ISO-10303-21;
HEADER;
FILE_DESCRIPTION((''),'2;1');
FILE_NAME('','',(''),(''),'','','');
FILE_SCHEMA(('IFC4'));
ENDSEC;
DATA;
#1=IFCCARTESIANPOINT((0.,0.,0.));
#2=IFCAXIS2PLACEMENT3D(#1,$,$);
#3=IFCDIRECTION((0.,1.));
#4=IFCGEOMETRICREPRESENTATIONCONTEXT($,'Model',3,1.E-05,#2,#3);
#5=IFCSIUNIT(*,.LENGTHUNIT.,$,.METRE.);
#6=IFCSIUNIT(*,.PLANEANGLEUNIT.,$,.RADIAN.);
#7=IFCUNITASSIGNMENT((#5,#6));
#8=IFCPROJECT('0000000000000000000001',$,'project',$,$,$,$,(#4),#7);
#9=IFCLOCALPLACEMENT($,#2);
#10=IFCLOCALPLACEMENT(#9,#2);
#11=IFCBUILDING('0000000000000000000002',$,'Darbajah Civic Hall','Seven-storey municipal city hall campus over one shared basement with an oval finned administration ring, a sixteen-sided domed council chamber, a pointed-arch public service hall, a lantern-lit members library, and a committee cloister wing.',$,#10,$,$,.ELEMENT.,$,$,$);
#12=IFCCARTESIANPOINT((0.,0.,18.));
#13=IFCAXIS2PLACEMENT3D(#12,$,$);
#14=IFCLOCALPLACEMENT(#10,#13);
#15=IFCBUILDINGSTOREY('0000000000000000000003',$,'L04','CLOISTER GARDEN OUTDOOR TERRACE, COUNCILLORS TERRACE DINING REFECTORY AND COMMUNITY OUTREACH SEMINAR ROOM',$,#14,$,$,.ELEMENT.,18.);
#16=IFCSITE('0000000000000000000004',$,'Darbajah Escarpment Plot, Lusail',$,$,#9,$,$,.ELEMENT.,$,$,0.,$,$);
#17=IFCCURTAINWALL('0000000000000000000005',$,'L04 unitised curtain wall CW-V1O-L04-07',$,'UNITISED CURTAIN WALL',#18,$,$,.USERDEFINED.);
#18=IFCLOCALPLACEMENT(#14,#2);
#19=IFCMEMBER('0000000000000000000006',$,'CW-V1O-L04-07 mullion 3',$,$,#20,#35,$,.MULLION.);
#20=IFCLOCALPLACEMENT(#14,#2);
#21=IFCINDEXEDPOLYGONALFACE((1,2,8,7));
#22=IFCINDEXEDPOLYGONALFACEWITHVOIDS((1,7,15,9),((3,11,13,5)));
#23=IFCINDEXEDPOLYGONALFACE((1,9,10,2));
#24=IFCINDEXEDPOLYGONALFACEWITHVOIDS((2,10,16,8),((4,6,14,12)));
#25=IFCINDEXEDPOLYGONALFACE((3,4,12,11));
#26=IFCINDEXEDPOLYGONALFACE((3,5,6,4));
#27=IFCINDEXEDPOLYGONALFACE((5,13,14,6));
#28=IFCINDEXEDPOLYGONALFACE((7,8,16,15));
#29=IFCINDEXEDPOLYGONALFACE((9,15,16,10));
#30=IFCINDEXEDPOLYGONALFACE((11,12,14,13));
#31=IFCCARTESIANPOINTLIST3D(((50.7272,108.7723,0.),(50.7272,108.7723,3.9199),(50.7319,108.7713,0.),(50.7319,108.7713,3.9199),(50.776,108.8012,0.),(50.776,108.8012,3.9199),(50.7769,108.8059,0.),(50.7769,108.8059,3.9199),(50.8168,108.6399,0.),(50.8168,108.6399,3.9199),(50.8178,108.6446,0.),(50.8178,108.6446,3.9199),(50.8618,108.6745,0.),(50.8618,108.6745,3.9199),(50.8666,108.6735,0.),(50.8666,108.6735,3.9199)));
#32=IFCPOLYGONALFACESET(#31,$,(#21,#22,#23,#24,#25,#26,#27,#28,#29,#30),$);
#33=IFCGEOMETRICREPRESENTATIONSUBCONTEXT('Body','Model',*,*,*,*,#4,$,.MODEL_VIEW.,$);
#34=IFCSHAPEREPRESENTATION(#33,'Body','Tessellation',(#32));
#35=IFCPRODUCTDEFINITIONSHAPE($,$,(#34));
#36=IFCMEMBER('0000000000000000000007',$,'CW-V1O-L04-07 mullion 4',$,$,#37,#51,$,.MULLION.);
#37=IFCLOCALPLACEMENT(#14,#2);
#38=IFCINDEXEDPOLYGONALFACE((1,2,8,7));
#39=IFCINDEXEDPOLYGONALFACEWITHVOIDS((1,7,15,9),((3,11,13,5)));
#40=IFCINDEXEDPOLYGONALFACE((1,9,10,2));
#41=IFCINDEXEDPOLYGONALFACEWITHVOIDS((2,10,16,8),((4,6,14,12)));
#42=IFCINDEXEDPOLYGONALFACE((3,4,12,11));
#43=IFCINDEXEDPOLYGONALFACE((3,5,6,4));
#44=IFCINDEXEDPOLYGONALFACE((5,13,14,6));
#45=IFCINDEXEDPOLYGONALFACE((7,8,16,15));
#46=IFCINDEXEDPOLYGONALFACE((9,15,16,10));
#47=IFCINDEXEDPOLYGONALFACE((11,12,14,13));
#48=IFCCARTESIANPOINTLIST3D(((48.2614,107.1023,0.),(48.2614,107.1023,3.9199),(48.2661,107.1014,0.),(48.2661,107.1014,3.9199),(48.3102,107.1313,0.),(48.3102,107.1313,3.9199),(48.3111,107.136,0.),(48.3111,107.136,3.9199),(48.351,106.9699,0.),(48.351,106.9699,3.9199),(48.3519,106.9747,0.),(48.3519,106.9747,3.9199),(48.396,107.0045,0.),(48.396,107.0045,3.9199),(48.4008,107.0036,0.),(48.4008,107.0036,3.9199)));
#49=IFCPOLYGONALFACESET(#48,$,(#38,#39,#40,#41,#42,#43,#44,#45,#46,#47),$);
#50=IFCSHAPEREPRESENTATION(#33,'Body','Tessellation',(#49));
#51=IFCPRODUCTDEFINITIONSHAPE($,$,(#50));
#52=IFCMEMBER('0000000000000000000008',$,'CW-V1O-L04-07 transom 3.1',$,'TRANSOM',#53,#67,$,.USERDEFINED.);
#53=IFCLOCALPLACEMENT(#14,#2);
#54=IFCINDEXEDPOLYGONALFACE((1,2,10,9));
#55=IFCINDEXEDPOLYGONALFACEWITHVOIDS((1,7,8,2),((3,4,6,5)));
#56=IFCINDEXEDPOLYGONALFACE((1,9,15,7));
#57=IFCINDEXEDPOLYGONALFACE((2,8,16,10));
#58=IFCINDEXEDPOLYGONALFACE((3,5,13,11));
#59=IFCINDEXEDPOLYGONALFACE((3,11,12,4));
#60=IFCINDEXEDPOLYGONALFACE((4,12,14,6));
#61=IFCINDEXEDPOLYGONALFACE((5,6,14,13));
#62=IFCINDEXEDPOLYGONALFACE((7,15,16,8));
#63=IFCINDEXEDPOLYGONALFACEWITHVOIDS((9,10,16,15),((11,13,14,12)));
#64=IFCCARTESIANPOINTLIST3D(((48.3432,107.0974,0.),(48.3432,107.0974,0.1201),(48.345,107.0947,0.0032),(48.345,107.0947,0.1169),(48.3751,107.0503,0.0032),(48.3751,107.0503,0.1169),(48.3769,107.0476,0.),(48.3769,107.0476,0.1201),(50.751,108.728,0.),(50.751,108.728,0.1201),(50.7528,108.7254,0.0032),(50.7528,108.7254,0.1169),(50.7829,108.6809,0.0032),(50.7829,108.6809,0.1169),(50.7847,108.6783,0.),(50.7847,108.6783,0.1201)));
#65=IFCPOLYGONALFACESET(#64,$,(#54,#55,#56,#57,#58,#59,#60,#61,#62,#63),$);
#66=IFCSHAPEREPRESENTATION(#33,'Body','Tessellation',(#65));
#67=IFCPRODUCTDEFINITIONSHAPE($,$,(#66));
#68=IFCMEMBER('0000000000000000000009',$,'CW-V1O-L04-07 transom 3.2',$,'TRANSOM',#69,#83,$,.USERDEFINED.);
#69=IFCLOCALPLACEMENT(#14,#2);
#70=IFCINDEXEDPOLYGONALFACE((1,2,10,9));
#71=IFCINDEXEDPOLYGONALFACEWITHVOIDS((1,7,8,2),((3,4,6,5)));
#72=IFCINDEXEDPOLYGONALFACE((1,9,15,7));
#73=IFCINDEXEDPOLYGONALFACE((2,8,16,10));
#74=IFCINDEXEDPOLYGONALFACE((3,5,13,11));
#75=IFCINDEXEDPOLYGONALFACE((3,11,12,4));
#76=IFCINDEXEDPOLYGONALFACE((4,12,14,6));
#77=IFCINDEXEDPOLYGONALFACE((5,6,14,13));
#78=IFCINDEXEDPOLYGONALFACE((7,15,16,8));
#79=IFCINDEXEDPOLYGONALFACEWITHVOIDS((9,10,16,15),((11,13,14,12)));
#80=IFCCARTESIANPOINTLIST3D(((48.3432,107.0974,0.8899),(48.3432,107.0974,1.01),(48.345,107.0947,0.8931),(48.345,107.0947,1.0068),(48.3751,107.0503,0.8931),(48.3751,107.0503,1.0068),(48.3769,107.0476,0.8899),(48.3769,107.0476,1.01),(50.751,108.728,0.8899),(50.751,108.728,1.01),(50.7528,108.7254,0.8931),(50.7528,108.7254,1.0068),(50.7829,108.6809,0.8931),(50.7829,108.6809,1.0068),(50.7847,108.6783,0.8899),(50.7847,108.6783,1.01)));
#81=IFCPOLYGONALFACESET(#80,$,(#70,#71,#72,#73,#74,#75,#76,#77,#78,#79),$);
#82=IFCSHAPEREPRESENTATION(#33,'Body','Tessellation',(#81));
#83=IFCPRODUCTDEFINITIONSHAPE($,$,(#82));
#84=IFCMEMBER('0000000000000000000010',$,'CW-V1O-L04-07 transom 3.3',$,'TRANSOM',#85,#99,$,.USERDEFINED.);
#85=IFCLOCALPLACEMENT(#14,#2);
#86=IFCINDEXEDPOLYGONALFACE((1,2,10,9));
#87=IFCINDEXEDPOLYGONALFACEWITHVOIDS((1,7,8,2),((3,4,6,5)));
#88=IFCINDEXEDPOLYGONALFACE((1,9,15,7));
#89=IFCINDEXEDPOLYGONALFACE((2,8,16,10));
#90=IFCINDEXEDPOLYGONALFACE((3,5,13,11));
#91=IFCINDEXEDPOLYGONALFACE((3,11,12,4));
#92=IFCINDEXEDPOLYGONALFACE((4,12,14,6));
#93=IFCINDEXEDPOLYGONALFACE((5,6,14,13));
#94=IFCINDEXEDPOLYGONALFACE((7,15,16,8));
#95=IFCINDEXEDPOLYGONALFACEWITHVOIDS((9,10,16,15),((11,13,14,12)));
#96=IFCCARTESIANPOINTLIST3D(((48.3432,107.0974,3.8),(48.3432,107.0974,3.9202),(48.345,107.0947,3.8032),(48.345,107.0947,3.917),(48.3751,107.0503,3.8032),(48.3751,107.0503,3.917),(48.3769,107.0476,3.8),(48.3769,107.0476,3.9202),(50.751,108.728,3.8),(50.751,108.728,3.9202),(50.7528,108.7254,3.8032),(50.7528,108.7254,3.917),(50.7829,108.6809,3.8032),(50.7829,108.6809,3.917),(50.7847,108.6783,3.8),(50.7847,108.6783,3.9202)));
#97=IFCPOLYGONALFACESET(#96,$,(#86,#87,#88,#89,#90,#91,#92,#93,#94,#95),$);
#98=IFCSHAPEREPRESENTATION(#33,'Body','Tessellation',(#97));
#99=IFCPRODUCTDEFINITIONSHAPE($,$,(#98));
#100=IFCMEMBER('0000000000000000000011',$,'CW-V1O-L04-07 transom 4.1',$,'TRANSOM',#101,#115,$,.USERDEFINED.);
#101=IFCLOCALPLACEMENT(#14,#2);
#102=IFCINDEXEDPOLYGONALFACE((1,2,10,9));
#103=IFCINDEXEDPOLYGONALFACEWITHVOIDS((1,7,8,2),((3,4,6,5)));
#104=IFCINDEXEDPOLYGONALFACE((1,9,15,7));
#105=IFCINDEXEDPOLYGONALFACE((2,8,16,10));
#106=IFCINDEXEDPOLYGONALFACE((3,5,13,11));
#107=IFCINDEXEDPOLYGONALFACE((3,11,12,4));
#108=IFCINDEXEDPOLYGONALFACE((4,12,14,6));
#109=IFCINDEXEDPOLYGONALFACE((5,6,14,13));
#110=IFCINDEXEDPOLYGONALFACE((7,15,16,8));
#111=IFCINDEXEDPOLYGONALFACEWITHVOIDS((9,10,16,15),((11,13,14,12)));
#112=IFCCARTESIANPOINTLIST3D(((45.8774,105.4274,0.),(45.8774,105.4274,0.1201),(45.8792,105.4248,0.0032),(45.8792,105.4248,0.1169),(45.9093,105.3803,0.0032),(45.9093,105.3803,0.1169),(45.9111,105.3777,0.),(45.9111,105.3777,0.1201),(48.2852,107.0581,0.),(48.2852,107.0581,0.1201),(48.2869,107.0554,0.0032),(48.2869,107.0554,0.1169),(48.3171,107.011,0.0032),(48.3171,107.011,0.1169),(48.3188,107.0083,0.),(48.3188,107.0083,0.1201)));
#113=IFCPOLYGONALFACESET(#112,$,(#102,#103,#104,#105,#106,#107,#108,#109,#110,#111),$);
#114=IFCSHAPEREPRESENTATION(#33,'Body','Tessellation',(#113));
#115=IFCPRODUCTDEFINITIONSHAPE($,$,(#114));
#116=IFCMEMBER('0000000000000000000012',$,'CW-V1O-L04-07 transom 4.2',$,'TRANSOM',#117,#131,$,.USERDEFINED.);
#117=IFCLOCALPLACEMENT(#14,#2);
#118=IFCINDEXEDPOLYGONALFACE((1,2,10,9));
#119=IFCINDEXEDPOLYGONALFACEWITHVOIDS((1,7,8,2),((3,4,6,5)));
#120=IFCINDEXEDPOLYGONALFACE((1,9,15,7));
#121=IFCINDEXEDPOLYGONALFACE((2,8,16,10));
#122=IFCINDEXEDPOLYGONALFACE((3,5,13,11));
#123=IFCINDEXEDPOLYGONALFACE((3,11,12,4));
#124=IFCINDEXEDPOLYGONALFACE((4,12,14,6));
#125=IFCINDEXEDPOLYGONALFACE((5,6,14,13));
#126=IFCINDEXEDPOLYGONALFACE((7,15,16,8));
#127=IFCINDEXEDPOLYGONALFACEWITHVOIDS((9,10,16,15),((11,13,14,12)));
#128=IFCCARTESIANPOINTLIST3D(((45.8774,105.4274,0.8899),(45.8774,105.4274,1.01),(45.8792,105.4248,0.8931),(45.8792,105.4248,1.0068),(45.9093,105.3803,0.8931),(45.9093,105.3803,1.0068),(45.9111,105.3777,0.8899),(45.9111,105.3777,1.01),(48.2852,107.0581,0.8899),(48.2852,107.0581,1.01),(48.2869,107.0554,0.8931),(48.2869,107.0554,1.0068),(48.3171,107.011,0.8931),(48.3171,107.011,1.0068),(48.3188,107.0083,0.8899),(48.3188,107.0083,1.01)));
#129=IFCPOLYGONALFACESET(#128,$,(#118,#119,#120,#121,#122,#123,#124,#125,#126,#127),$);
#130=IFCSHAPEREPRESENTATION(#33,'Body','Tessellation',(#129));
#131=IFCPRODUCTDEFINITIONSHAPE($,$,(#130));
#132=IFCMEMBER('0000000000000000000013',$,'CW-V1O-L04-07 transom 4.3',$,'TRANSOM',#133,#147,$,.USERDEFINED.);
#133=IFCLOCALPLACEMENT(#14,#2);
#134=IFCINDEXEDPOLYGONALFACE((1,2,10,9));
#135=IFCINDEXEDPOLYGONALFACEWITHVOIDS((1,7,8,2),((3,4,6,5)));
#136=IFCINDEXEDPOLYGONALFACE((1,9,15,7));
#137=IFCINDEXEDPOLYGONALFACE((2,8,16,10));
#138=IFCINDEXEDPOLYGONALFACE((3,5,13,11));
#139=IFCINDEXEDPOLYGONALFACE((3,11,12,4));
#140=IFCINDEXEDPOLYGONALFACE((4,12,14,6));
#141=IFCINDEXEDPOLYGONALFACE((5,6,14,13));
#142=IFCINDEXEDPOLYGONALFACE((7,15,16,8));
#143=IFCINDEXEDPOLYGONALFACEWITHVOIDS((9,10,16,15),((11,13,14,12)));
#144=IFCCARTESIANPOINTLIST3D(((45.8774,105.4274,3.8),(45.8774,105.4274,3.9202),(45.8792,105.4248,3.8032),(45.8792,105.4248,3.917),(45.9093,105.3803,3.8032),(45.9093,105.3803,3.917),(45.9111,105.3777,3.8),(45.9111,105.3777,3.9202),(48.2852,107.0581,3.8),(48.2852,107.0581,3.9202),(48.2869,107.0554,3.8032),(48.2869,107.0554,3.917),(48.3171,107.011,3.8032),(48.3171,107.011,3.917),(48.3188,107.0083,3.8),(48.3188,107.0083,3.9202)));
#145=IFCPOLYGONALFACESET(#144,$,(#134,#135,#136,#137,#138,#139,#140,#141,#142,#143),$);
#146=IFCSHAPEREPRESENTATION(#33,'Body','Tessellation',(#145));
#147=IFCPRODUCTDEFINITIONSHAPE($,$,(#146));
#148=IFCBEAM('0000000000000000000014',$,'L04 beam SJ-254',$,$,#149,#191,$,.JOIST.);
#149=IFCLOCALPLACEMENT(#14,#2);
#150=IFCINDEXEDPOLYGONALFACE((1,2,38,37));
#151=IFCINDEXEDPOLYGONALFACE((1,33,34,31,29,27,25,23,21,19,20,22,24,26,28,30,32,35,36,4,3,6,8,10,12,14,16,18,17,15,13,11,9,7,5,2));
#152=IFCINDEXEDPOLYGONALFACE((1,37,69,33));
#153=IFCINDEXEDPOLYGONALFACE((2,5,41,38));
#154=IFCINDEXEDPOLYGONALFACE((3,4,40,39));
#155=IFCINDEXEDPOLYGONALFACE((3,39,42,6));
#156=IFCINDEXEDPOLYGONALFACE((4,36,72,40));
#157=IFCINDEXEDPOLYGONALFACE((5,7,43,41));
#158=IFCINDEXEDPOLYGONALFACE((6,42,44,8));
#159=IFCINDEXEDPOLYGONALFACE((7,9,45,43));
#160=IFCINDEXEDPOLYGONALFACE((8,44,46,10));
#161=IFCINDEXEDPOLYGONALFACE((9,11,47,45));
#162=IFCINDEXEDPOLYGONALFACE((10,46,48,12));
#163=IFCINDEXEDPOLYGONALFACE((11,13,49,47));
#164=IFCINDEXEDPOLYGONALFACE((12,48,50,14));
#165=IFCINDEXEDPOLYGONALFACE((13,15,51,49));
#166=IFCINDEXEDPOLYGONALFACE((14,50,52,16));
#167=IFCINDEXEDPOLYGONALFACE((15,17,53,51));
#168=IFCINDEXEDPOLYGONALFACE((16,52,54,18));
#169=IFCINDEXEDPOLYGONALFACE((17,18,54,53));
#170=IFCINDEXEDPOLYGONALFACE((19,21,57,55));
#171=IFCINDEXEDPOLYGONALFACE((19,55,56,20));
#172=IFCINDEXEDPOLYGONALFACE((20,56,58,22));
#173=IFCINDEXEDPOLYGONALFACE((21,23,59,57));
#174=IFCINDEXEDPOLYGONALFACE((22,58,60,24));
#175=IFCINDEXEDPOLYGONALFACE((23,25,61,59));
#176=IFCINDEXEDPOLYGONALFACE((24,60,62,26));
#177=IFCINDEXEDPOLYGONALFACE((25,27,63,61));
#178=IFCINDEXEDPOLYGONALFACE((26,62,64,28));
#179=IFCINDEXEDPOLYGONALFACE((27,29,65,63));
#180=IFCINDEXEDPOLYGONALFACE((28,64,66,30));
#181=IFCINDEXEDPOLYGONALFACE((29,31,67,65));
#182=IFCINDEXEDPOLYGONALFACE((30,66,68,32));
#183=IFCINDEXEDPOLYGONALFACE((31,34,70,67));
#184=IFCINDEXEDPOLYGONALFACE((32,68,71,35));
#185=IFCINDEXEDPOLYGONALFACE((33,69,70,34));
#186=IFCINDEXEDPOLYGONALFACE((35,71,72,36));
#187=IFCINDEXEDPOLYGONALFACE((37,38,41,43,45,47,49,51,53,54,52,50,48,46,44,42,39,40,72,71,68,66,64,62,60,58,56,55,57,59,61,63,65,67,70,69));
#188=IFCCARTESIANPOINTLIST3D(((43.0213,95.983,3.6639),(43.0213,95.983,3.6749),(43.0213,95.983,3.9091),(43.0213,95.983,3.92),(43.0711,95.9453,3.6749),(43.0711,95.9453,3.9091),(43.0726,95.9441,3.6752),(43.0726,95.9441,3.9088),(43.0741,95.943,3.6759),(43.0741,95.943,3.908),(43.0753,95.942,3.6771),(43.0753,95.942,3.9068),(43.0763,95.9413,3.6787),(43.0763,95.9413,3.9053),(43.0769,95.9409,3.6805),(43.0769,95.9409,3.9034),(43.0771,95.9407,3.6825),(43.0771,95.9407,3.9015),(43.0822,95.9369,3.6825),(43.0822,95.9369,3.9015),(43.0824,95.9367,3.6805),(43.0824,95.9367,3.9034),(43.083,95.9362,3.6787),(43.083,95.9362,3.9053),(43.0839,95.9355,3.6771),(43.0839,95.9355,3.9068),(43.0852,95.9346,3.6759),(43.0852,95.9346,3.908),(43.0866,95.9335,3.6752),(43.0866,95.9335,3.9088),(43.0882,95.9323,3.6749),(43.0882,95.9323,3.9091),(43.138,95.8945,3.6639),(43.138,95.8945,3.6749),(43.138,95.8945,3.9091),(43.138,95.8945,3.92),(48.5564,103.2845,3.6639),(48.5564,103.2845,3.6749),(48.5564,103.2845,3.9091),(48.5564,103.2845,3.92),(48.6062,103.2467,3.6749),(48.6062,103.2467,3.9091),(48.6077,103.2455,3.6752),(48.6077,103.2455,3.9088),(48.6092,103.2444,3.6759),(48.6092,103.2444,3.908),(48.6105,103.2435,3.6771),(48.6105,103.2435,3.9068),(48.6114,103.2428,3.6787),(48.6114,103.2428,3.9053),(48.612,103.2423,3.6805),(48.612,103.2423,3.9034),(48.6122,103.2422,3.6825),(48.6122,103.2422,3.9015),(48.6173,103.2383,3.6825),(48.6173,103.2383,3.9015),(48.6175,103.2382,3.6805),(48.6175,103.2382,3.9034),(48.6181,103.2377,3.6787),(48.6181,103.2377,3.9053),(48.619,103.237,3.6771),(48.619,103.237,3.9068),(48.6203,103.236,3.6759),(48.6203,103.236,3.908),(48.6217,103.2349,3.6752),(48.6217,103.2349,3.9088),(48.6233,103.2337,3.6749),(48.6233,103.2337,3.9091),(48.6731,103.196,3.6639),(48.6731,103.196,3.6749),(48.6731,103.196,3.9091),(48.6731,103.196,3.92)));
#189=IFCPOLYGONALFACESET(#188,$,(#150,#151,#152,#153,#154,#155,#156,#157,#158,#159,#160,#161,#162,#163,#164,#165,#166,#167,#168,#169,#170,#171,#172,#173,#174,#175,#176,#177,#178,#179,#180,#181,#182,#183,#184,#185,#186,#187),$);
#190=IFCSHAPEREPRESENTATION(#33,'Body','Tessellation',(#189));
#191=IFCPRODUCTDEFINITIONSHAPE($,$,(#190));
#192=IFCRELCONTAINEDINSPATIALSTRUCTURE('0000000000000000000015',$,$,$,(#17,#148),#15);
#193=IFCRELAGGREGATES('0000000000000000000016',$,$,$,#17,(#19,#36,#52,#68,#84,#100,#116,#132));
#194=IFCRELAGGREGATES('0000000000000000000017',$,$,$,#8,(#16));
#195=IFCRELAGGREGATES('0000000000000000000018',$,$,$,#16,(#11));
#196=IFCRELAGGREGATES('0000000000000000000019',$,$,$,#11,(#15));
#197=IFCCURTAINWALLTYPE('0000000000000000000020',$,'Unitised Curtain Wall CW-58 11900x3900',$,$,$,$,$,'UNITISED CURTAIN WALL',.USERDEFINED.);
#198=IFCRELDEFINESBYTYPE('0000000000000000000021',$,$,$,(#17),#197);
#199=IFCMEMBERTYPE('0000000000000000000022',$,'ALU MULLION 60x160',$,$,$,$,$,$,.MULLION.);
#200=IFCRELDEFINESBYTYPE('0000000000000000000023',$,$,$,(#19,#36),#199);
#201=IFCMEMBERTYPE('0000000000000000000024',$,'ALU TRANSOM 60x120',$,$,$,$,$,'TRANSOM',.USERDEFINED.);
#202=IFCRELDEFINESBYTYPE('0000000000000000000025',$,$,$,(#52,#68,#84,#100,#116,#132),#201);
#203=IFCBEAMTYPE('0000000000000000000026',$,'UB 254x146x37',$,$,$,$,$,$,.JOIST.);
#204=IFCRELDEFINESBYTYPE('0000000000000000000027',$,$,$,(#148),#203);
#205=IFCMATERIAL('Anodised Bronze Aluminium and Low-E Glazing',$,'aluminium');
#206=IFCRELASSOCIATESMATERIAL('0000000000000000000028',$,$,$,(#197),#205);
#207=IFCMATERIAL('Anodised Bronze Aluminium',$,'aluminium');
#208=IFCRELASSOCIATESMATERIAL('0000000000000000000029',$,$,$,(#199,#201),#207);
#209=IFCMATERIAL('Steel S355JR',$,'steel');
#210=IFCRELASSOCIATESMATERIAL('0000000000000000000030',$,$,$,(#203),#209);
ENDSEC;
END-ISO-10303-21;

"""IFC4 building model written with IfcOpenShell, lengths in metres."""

from ifc_helpers import new_model, si_unit, direction, frame, origin, origin_2d, place, context, subcontext, project, spatial, hollow_rectangle, i_section, extrude, material, material_profile, profile_set, type_object, element, aggregate, save


model = new_model("IFC4")

# Units and contexts
model_context = context("Model", 3, precision=1e-05, world=origin(), true_north=direction((0.0, 1.0)))
body_context = subcontext(model_context, "Body", "Model", "MODEL_VIEW")
ifc_project = project(units=[si_unit("LENGTHUNIT", "METRE"), si_unit("PLANEANGLEUNIT", "RADIAN")], contexts=[model_context])

# Site, building, storey
site_placement = place(None, origin())
site = spatial("IfcSite", under=ifc_project, at=site_placement, Name="Darbajah Escarpment Plot, Lusail", CompositionType="ELEMENT", RefElevation=0.0)
building_placement = place(site_placement, origin())
building = spatial("IfcBuilding", under=site, at=building_placement, Name="Darbajah Civic Hall", Description="Seven-storey municipal city hall campus over one shared basement with an oval finned administration ring, a sixteen-sided domed council chamber, a pointed-arch public service hall, a lantern-lit members library, and a committee cloister wing.", CompositionType="ELEMENT")
storey_placement = place(building_placement, frame((0.0, 0.0, 18.0)))
storey = spatial("IfcBuildingStorey", under=building, at=storey_placement, Name="L04", Description="CLOISTER GARDEN OUTDOOR TERRACE, COUNCILLORS TERRACE DINING REFECTORY AND COMMUNITY OUTREACH SEMINAR ROOM", CompositionType="ELEMENT", Elevation=18.0)

# Curtain wall, members
ifc_material_1 = material(Name="Anodised Bronze Aluminium and Low-E Glazing", Category="aluminium")
curtain_wall_type = type_object("IfcCurtainWallType", Name="Unitised Curtain Wall CW-58 11900x3900", ElementType="UNITISED CURTAIN WALL", PredefinedType="USERDEFINED", material=ifc_material_1)
curtain_wall_placement = place(storey_placement, origin())
curtain_wall = element("IfcCurtainWall", 1, at=curtain_wall_placement, inside=storey, type_object=curtain_wall_type, Name="L04 unitised curtain wall CW-V1O-L04-07", ObjectType="UNITISED CURTAIN WALL", PredefinedType="USERDEFINED")
ifc_material_2 = material(Name="Anodised Bronze Aluminium", Category="aluminium")
ifc_material_profile_1 = material_profile(ifc_material_2, hollow_rectangle(XDim=0.0601, YDim=0.1599, WallThickness=0.0034, at=origin_2d()), Name="ALU MULLION 60x160")
ifc_profile_set_1 = profile_set([ifc_material_profile_1], Name="Anodised Bronze Aluminium")
member_type_1 = type_object("IfcMemberType", Name="ALU MULLION 60x160", PredefinedType="MULLION", material=ifc_profile_set_1)
member_1_placement = place(storey_placement, frame((50.7969, 108.7229, 0.0), z_axis=(0.0, 0.0, 1.0), x_axis=(-0.827962, -0.560784, 0.0)))
member_1 = element("IfcMember", 2, at=member_1_placement, type_object=member_type_1, Name="CW-V1O-L04-07 mullion 3", PredefinedType="MULLION", context=body_context, shape_type="SweptSolid", body=[
    extrude(hollow_rectangle(XDim=0.0601, YDim=0.1599, WallThickness=0.0034, at=origin_2d()), origin(), (0.0, 0.0, 1.0), 3.9199),
])
member_2_placement = place(storey_placement, frame((48.3311, 107.053, 0.0), z_axis=(0.0, 0.0, 1.0), x_axis=(-0.827962, -0.560784, 0.0)))
member_2 = element("IfcMember", 3, at=member_2_placement, type_object=member_type_1, Name="CW-V1O-L04-07 mullion 4", PredefinedType="MULLION", context=body_context, shape_type="SweptSolid", body=[
    extrude(hollow_rectangle(XDim=0.0601, YDim=0.1599, WallThickness=0.0034, at=origin_2d()), origin(), (0.0, 0.0, 1.0), 3.9199),
])
ifc_material_profile_2 = material_profile(ifc_material_2, hollow_rectangle(XDim=0.0601, YDim=0.1201, WallThickness=0.0032, at=origin_2d()), Name="ALU TRANSOM 60x120")
ifc_profile_set_2 = profile_set([ifc_material_profile_2], Name="Anodised Bronze Aluminium")
member_type_2 = type_object("IfcMemberType", Name="ALU TRANSOM 60x120", ElementType="TRANSOM", PredefinedType="USERDEFINED", material=ifc_profile_set_2)
member_3_placement = place(storey_placement, frame((50.7678, 108.7031, 0.0601), z_axis=(-0.827985, -0.56075, 0.0), x_axis=(0.56075, -0.827985, 0.0)))
member_3 = element("IfcMember", 4, at=member_3_placement, type_object=member_type_2, Name="CW-V1O-L04-07 transom 3.1", ObjectType="TRANSOM", PredefinedType="USERDEFINED", context=body_context, shape_type="SweptSolid", body=[
    extrude(hollow_rectangle(XDim=0.0601, YDim=0.1201, WallThickness=0.0032, at=origin_2d()), origin(), (0.0, 0.0, 1.0), 2.908),
])
member_4_placement = place(storey_placement, frame((50.7678, 108.7031, 0.95), z_axis=(-0.827985, -0.56075, 0.0), x_axis=(0.56075, -0.827985, 0.0)))
member_4 = element("IfcMember", 5, at=member_4_placement, type_object=member_type_2, Name="CW-V1O-L04-07 transom 3.2", ObjectType="TRANSOM", PredefinedType="USERDEFINED", context=body_context, shape_type="SweptSolid", body=[
    extrude(hollow_rectangle(XDim=0.0601, YDim=0.1201, WallThickness=0.0032, at=origin_2d()), origin(), (0.0, 0.0, 1.0), 2.908),
])
member_5_placement = place(storey_placement, frame((50.7678, 108.7031, 3.8601), z_axis=(-0.827985, -0.56075, 0.0), x_axis=(0.56075, -0.827985, 0.0)))
member_5 = element("IfcMember", 6, at=member_5_placement, type_object=member_type_2, Name="CW-V1O-L04-07 transom 3.3", ObjectType="TRANSOM", PredefinedType="USERDEFINED", context=body_context, shape_type="SweptSolid", body=[
    extrude(hollow_rectangle(XDim=0.0601, YDim=0.1201, WallThickness=0.0032, at=origin_2d()), origin(), (0.0, 0.0, 1.0), 2.908),
])
member_6_placement = place(storey_placement, frame((48.302, 107.0332, 0.0601), z_axis=(-0.827985, -0.56075, 0.0), x_axis=(0.56075, -0.827985, 0.0)))
member_6 = element("IfcMember", 7, at=member_6_placement, type_object=member_type_2, Name="CW-V1O-L04-07 transom 4.1", ObjectType="TRANSOM", PredefinedType="USERDEFINED", context=body_context, shape_type="SweptSolid", body=[
    extrude(hollow_rectangle(XDim=0.0601, YDim=0.1201, WallThickness=0.0032, at=origin_2d()), origin(), (0.0, 0.0, 1.0), 2.908),
])
member_7_placement = place(storey_placement, frame((48.302, 107.0332, 0.95), z_axis=(-0.827985, -0.56075, 0.0), x_axis=(0.56075, -0.827985, 0.0)))
member_7 = element("IfcMember", 8, at=member_7_placement, type_object=member_type_2, Name="CW-V1O-L04-07 transom 4.2", ObjectType="TRANSOM", PredefinedType="USERDEFINED", context=body_context, shape_type="SweptSolid", body=[
    extrude(hollow_rectangle(XDim=0.0601, YDim=0.1201, WallThickness=0.0032, at=origin_2d()), origin(), (0.0, 0.0, 1.0), 2.908),
])
member_8_placement = place(storey_placement, frame((48.302, 107.0332, 3.8601), z_axis=(-0.827985, -0.56075, 0.0), x_axis=(0.56075, -0.827985, 0.0)))
member_8 = element("IfcMember", 9, at=member_8_placement, type_object=member_type_2, Name="CW-V1O-L04-07 transom 4.3", ObjectType="TRANSOM", PredefinedType="USERDEFINED", context=body_context, shape_type="SweptSolid", body=[
    extrude(hollow_rectangle(XDim=0.0601, YDim=0.1201, WallThickness=0.0032, at=origin_2d()), origin(), (0.0, 0.0, 1.0), 2.908),
])

# Beam
ifc_material_3 = material(Name="Steel S355JR", Category="steel")
ifc_material_profile_3 = material_profile(ifc_material_3, i_section(OverallWidth=0.1465, OverallDepth=0.2561, WebThickness=0.0063, FlangeThickness=0.011, FilletRadius=0.0076, at=origin_2d()), Name="UB 254x146x37")
ifc_profile_set_3 = profile_set([ifc_material_profile_3], Name="Steel S355JR")
beam_type = type_object("IfcBeamType", Name="UB 254x146x37", PredefinedType="JOIST", material=ifc_profile_set_3)
beam_placement = place(storey_placement, frame((48.6147, 103.2402, 3.792), z_axis=(-0.604115, -0.796897, 0.0), x_axis=(0.796897, -0.604115, 0.0)))
element("IfcBeam", 10, at=beam_placement, inside=storey, type_object=beam_type, Name="L04 beam SJ-254", PredefinedType="JOIST", context=body_context, shape_type="SweptSolid", body=[
    extrude(i_section(OverallWidth=0.1465, OverallDepth=0.2561, WebThickness=0.0063, FlangeThickness=0.011, FilletRadius=0.0076, at=origin_2d()), origin(), (0.0, 0.0, 1.0), 9.1624),
])

aggregate(curtain_wall, [member_1, member_2, member_3, member_4, member_5, member_6, member_7, member_8])

save(model, "model.ifc")
